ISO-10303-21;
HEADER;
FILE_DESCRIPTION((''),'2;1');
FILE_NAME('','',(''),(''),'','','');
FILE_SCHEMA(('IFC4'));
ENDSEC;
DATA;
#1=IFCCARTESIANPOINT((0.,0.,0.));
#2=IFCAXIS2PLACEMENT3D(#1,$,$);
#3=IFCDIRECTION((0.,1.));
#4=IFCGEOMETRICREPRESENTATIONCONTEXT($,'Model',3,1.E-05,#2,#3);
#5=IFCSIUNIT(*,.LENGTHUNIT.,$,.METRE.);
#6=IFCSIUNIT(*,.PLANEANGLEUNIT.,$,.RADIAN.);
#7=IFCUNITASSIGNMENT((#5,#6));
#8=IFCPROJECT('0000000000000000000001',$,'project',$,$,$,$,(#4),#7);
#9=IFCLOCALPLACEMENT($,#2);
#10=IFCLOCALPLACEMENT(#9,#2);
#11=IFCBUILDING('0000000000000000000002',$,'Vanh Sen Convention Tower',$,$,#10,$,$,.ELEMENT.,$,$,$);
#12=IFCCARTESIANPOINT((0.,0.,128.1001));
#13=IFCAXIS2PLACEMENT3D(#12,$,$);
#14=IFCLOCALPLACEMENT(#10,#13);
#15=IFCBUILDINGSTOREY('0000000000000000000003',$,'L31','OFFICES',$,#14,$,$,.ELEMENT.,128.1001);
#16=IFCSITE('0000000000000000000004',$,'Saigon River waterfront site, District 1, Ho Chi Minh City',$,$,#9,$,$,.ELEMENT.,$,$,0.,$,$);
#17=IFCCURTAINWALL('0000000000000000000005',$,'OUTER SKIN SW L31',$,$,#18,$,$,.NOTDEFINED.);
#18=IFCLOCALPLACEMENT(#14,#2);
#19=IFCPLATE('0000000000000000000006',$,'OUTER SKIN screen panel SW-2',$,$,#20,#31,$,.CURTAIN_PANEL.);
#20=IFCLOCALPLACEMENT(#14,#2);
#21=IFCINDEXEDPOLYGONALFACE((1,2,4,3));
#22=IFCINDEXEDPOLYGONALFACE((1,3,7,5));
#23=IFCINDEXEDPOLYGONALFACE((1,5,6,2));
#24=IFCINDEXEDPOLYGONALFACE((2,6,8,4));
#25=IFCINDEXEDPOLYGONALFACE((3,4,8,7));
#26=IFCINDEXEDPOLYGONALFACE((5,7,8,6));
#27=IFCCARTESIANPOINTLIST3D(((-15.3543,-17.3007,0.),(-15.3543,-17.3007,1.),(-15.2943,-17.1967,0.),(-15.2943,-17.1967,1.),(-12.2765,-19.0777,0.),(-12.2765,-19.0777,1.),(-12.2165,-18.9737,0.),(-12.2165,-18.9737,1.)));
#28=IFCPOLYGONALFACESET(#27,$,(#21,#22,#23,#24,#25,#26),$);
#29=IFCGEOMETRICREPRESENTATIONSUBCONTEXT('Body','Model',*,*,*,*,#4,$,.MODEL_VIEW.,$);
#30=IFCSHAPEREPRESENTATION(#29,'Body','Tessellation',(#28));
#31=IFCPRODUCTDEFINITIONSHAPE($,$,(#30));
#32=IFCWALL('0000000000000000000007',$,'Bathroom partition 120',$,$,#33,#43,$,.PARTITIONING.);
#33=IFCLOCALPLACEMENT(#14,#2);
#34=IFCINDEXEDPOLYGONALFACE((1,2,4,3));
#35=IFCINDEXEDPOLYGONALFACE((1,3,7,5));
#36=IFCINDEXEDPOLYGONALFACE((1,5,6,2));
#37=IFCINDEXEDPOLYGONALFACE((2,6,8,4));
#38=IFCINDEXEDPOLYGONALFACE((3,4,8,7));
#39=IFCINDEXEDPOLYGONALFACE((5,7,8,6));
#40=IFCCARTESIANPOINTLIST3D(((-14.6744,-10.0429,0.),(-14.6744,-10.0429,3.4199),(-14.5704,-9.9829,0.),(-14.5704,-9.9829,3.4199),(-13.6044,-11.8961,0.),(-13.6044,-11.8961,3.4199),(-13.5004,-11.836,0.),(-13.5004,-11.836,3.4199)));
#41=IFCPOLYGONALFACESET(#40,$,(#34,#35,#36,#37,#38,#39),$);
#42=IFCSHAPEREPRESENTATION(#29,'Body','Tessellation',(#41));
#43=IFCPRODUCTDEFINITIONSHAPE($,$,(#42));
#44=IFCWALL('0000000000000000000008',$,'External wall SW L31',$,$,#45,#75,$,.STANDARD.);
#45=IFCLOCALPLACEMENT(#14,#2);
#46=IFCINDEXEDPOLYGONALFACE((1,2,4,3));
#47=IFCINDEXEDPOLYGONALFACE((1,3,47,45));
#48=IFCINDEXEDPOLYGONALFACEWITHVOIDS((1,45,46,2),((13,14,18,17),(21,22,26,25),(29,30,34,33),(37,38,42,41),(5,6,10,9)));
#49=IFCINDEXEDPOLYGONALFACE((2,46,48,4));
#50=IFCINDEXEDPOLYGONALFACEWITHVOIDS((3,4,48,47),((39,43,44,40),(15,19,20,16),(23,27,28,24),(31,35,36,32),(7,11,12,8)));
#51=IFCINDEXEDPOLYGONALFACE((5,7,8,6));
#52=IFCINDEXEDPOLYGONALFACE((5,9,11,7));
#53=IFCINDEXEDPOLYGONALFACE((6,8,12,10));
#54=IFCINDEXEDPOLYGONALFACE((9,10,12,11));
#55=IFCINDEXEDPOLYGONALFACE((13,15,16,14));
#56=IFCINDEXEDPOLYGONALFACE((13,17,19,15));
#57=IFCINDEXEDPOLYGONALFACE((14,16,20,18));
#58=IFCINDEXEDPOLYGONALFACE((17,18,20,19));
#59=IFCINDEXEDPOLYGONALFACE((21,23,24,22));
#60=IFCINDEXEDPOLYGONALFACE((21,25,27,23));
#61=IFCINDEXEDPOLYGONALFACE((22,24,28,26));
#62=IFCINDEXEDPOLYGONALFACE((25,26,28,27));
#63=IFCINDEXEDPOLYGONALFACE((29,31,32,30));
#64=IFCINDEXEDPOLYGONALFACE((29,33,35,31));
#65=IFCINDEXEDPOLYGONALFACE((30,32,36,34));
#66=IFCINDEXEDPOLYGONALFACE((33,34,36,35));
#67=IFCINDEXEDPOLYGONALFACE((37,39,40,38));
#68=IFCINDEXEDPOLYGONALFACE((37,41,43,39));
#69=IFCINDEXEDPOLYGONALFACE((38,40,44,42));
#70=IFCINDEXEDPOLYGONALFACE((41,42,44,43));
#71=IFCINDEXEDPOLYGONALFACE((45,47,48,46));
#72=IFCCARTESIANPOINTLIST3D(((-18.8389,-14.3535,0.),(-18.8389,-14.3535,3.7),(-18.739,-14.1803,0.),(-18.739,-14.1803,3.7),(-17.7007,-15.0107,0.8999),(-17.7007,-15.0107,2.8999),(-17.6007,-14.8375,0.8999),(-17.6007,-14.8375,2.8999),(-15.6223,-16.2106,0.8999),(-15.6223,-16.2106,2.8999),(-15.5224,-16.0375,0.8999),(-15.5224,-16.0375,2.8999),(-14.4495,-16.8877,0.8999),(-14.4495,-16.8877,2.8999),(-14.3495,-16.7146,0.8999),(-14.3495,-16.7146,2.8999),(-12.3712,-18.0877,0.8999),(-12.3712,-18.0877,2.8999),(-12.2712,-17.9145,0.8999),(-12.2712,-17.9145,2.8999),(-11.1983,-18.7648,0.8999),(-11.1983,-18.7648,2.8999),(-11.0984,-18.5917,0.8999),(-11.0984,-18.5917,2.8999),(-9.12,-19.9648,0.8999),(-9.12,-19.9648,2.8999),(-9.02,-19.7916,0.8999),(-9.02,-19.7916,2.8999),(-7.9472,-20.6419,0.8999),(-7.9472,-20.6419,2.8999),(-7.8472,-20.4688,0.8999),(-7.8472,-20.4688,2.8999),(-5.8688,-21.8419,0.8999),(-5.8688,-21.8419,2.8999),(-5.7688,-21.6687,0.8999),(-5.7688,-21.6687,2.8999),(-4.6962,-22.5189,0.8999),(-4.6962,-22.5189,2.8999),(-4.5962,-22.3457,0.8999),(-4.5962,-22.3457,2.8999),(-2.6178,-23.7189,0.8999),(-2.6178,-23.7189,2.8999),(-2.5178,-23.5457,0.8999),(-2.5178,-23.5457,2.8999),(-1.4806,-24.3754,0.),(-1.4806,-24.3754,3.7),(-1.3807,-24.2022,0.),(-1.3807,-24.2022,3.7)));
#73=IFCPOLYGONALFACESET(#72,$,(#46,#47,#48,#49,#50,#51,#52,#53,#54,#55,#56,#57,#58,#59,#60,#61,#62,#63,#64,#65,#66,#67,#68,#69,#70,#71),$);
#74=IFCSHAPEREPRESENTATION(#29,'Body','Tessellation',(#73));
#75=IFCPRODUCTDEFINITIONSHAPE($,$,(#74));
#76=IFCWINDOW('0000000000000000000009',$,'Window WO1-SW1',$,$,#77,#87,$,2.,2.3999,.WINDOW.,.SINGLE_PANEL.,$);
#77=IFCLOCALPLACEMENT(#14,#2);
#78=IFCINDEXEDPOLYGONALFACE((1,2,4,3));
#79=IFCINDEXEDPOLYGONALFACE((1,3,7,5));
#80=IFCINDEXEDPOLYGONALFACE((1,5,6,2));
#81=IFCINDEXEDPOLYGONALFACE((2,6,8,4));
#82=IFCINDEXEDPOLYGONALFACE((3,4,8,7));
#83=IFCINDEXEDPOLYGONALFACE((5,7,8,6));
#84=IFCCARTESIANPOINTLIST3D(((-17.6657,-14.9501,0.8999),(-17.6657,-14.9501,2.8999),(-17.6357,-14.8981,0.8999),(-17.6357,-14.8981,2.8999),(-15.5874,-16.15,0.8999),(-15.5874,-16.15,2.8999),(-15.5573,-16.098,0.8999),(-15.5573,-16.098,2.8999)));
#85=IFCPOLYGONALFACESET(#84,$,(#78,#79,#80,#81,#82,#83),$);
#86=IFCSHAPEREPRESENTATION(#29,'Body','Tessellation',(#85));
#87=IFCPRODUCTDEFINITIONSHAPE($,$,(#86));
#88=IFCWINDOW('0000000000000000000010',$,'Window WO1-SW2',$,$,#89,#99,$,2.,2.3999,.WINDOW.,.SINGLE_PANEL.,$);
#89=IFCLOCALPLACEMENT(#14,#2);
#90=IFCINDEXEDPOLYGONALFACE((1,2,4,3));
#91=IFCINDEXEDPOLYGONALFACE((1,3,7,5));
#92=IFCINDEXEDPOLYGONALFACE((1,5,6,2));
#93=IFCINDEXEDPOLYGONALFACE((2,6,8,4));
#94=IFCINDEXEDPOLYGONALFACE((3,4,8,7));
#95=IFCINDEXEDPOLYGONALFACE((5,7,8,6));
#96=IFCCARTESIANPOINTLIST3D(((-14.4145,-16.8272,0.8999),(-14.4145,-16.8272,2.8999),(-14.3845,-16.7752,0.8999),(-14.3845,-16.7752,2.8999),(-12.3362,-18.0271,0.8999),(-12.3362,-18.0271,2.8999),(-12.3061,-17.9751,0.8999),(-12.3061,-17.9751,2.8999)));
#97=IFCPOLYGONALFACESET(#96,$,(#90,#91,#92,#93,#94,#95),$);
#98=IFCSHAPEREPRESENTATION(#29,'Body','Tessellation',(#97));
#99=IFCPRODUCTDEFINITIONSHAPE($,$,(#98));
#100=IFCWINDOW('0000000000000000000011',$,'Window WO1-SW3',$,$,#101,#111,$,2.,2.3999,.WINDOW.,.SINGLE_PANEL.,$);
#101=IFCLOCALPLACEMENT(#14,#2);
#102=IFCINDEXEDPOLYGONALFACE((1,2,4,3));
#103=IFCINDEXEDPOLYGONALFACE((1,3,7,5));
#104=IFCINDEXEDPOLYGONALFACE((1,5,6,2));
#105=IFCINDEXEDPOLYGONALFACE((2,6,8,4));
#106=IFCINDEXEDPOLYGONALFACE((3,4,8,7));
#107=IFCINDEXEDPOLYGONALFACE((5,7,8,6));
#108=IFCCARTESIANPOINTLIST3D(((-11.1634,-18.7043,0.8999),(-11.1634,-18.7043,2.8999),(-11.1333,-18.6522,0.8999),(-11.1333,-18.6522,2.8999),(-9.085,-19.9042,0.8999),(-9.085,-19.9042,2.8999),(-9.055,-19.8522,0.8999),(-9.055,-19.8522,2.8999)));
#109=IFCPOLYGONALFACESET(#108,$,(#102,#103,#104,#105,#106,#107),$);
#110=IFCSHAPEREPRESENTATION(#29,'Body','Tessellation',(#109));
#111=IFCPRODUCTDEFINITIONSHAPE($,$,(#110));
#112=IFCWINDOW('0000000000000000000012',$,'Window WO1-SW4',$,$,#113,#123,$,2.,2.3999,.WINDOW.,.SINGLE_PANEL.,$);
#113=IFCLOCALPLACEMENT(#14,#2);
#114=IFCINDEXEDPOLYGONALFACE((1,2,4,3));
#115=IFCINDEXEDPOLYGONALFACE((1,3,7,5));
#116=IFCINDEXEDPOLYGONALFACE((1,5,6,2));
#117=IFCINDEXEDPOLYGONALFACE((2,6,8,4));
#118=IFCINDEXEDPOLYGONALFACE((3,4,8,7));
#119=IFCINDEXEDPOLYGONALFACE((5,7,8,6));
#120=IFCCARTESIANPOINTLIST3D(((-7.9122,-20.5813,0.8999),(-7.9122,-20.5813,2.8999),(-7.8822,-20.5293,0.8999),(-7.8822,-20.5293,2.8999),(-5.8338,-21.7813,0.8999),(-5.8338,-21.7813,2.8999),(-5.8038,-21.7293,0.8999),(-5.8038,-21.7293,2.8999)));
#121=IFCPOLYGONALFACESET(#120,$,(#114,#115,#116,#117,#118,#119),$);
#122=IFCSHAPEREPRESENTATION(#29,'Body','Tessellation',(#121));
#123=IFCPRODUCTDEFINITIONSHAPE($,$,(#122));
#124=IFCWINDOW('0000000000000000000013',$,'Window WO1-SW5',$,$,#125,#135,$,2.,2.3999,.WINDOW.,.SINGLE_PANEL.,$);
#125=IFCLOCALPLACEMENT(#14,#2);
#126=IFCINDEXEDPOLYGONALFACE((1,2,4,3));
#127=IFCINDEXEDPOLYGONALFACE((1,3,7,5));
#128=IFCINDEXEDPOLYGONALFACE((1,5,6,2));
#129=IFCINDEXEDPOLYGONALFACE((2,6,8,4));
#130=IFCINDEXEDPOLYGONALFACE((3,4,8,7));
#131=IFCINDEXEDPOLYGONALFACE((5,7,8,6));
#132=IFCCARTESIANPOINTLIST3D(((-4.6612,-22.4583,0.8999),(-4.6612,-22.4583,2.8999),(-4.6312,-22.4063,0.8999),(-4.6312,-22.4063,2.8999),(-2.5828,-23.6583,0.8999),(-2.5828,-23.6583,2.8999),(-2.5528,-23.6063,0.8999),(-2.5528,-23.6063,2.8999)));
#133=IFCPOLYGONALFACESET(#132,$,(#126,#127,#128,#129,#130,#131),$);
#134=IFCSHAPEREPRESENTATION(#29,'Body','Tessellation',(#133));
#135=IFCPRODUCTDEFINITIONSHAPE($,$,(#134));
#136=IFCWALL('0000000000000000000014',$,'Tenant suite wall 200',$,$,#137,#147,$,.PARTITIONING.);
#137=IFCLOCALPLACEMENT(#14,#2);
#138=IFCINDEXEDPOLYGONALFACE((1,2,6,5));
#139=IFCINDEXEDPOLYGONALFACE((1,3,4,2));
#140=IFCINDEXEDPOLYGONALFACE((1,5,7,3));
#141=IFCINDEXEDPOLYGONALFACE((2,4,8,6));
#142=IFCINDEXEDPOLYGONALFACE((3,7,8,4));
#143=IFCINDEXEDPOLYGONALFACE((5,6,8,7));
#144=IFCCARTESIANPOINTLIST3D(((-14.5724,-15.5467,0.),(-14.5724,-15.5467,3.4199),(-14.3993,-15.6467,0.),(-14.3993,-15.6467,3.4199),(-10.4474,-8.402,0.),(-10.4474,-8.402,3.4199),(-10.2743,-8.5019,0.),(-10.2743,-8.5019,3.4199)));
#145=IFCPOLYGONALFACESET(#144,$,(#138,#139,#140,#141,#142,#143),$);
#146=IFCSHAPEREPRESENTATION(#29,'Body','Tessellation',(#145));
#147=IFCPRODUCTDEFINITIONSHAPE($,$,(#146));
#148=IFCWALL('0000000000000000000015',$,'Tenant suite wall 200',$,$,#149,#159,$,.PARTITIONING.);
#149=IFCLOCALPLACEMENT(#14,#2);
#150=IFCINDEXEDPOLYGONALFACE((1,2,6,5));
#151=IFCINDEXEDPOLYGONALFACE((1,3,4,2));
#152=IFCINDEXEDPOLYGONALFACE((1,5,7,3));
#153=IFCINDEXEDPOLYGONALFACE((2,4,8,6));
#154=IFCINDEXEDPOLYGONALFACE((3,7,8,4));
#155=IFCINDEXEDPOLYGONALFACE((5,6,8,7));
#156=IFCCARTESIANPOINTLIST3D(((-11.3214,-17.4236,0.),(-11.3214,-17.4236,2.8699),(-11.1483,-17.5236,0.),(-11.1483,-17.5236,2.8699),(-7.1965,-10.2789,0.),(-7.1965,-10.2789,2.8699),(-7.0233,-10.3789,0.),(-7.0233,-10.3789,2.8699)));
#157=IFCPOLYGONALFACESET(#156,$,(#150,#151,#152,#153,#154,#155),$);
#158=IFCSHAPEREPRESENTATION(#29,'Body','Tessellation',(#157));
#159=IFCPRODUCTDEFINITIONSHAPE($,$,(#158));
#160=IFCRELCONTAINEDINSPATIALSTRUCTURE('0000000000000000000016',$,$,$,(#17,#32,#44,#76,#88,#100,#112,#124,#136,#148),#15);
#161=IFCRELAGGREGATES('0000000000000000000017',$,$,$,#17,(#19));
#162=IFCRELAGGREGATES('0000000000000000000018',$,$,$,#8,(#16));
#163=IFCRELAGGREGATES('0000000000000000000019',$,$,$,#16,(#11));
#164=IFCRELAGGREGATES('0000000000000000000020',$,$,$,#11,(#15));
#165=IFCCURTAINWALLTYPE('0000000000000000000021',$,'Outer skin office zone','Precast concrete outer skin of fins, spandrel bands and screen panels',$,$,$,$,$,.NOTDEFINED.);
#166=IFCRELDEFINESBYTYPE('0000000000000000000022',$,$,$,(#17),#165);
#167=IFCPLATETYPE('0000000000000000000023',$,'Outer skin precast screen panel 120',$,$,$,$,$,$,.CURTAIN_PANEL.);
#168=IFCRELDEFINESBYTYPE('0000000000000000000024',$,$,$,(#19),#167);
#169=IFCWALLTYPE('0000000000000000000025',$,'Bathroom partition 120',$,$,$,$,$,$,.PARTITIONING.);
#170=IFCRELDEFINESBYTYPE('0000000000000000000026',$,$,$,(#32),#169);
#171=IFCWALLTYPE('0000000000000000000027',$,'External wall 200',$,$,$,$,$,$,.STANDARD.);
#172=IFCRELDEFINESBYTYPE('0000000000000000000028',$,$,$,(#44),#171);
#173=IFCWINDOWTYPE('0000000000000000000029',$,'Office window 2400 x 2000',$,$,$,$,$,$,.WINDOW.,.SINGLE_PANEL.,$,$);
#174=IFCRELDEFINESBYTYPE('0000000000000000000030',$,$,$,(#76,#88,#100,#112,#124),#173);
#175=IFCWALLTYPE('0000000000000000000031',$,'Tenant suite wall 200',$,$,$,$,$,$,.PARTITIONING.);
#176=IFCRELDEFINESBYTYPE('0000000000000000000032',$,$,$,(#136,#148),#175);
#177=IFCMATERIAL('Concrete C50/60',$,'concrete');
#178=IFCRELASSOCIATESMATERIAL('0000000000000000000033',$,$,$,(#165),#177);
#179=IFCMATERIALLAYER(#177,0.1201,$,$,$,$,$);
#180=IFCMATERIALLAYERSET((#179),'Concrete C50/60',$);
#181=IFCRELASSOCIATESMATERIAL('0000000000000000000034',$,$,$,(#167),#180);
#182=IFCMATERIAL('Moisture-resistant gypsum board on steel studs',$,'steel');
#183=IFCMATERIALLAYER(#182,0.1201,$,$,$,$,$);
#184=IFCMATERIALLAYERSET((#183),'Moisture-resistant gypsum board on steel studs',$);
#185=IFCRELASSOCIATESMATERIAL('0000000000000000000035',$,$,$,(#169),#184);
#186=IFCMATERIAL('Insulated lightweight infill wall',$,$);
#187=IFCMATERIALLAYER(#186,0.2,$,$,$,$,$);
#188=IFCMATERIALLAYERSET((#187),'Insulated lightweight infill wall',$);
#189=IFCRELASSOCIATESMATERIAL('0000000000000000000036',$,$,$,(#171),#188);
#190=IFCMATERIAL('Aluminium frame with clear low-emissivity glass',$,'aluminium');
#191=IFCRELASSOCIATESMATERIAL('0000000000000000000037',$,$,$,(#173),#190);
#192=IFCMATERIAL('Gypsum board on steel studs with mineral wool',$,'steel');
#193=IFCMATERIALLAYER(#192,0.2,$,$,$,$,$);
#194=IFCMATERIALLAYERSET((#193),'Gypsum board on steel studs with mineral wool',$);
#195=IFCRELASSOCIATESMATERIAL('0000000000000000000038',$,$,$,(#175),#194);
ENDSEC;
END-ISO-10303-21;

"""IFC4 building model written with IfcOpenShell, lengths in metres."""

from ifc_helpers import new_model, si_unit, direction, frame, frame_2d, origin, origin_2d, place, context, subcontext, project, spatial, rectangle, extrude, material, layer, layer_set, type_object, element, fill, aggregate, save


model = new_model("IFC4")

# Units and contexts
model_context = context("Model", 3, precision=1e-05, world=origin(), true_north=direction((0.0, 1.0)))
body_context = subcontext(model_context, "Body", "Model", "MODEL_VIEW")
ifc_project = project(units=[si_unit("LENGTHUNIT", "METRE"), si_unit("PLANEANGLEUNIT", "RADIAN")], contexts=[model_context])

# Site, building, storey
site_placement = place(None, origin())
site = spatial("IfcSite", under=ifc_project, at=site_placement, Name="Saigon River waterfront site, District 1, Ho Chi Minh City", CompositionType="ELEMENT", RefElevation=0.0)
building_placement = place(site_placement, origin())
building = spatial("IfcBuilding", under=site, at=building_placement, Name="Vanh Sen Convention Tower", CompositionType="ELEMENT")
storey_placement = place(building_placement, frame((0.0, 0.0, 128.1001)))
storey = spatial("IfcBuildingStorey", under=building, at=storey_placement, Name="L31", Description="OFFICES", CompositionType="ELEMENT", Elevation=128.1001)

# Curtain wall
ifc_material_1 = material(Name="Concrete C50/60", Category="concrete")
curtain_wall_type = type_object("IfcCurtainWallType", Name="Outer skin office zone", Description="Precast concrete outer skin of fins, spandrel bands and screen panels", PredefinedType="NOTDEFINED", material=ifc_material_1)
curtain_wall_1_placement = place(storey_placement, origin())
curtain_wall_1 = element("IfcCurtainWall", 1, at=curtain_wall_1_placement, inside=storey, type_object=curtain_wall_type, Name="OUTER SKIN SW L31", PredefinedType="NOTDEFINED")

# Shared definitions
ifc_layer_1 = layer(ifc_material_1, 0.1201)
ifc_layer_set_1 = layer_set([ifc_layer_1], Name="Concrete C50/60")
plate_type = type_object("IfcPlateType", Name="Outer skin precast screen panel 120", PredefinedType="CURTAIN_PANEL", material=ifc_layer_set_1)

# Plate
plate_1_placement = place(storey_placement, frame((-13.7854, -18.1372, 0.0), z_axis=(0.0, 0.0, 1.0), x_axis=(0.866028, -0.499995, 0.0)))
plate_1 = element("IfcPlate", 2, at=plate_1_placement, type_object=plate_type, Name="OUTER SKIN screen panel SW-2", PredefinedType="CURTAIN_PANEL", context=body_context, shape_type="SweptSolid", body=[
    extrude(rectangle(XDim=3.554, YDim=0.1201, at=origin_2d()), origin(), (0.0, 0.0, 1.0), 1.0),
])
aggregate(curtain_wall_1, [plate_1])

# Wall
ifc_material_2 = material(Name="Moisture-resistant gypsum board on steel studs", Category="steel")
ifc_layer_2 = layer(ifc_material_2, 0.1201)
ifc_layer_set_2 = layer_set([ifc_layer_2], Name="Moisture-resistant gypsum board on steel studs")
wall_type_1 = type_object("IfcWallType", Name="Bathroom partition 120", PredefinedType="PARTITIONING", material=ifc_layer_set_2)
wall_1_placement = place(storey_placement, frame((-13.5525, -11.866, 0.0), z_axis=(0.0, 0.0, 1.0), x_axis=(-0.500029, 0.866009, 0.0)))
element("IfcWall", 3, at=wall_1_placement, inside=storey, type_object=wall_type_1, Name="Bathroom partition 120", PredefinedType="PARTITIONING", context=body_context, shape_type="SweptSolid", body=[
    extrude(rectangle(XDim=2.1399, YDim=0.1201, at=frame_2d((1.0698, 0.0))), origin(), (0.0, 0.0, 1.0), 3.4199),
])

# Wall, openings, windows
ifc_material_3 = material(Name="Insulated lightweight infill wall")
ifc_layer_3 = layer(ifc_material_3, 0.2)
ifc_layer_set_3 = layer_set([ifc_layer_3], Name="Insulated lightweight infill wall")
wall_type_2 = type_object("IfcWallType", Name="External wall 200", PredefinedType="STANDARD", material=ifc_layer_set_3)
wall_2_placement = place(storey_placement, frame((-18.7891, -14.2668, 0.0), z_axis=(0.0, 0.0, 1.0), x_axis=(0.866023, -0.500004, 0.0)))
wall_2 = element("IfcWall", 4, at=wall_2_placement, inside=storey, type_object=wall_type_2, Name="External wall SW L31", PredefinedType="STANDARD", context=body_context, shape_type="SweptSolid", body=[
    extrude(rectangle(XDim=20.0437, YDim=0.2, at=frame_2d((10.022, 0.0))), origin(), (0.0, 0.0, 1.0), 3.7),
])
opening_1_placement = place(wall_2_placement, frame((1.3145, 0.0, 0.8999)))
opening_1 = element("IfcOpeningElement", 5, at=opening_1_placement, cuts=wall_2, PredefinedType="OPENING", context=body_context, shape_type="SweptSolid", body=[
    extrude(rectangle(XDim=2.3999, YDim=2.0, at=frame_2d((1.2, 1.0))), frame((0.0, 0.1099, 0.0), z_axis=(0.0, -1.0, 0.0), x_axis=(1.0, 0.0, 0.0)), (0.0, 0.0, 1.0), 0.22),
])
opening_2_placement = place(wall_2_placement, frame((5.0686, 0.0, 0.8999)))
opening_2 = element("IfcOpeningElement", 6, at=opening_2_placement, cuts=wall_2, PredefinedType="OPENING", context=body_context, shape_type="SweptSolid", body=[
    extrude(rectangle(XDim=2.3999, YDim=2.0, at=frame_2d((1.2, 1.0))), frame((0.0, 0.1099, 0.0), z_axis=(0.0, -1.0, 0.0), x_axis=(1.0, 0.0, 0.0)), (0.0, 0.0, 1.0), 0.22),
])
opening_3_placement = place(wall_2_placement, frame((8.8228, 0.0, 0.8999)))
opening_3 = element("IfcOpeningElement", 7, at=opening_3_placement, cuts=wall_2, PredefinedType="OPENING", context=body_context, shape_type="SweptSolid", body=[
    extrude(rectangle(XDim=2.3999, YDim=2.0, at=frame_2d((1.2, 1.0))), frame((0.0, 0.1099, 0.0), z_axis=(0.0, -1.0, 0.0), x_axis=(1.0, 0.0, 0.0)), (0.0, 0.0, 1.0), 0.22),
])
opening_4_placement = place(wall_2_placement, frame((12.5769, 0.0, 0.8999)))
opening_4 = element("IfcOpeningElement", 8, at=opening_4_placement, cuts=wall_2, PredefinedType="OPENING", context=body_context, shape_type="SweptSolid", body=[
    extrude(rectangle(XDim=2.3999, YDim=2.0, at=frame_2d((1.2, 1.0))), frame((0.0, 0.1099, 0.0), z_axis=(0.0, -1.0, 0.0), x_axis=(1.0, 0.0, 0.0)), (0.0, 0.0, 1.0), 0.22),
])
opening_5_placement = place(wall_2_placement, frame((16.3308, 0.0, 0.8999)))
opening_5 = element("IfcOpeningElement", 9, at=opening_5_placement, cuts=wall_2, PredefinedType="OPENING", context=body_context, shape_type="SweptSolid", body=[
    extrude(rectangle(XDim=2.3999, YDim=2.0, at=frame_2d((1.2, 1.0))), frame((0.0, 0.1099, 0.0), z_axis=(0.0, -1.0, 0.0), x_axis=(1.0, 0.0, 0.0)), (0.0, 0.0, 1.0), 0.22),
])
ifc_material_4 = material(Name="Aluminium frame with clear low-emissivity glass", Category="aluminium")
window_type = type_object("IfcWindowType", Name="Office window 2400 x 2000", PartitioningType="SINGLE_PANEL", PredefinedType="WINDOW", material=ifc_material_4)
window_1_placement = place(opening_1_placement, origin())
window_1 = element("IfcWindow", 10, at=window_1_placement, inside=storey, type_object=window_type, Name="Window WO1-SW1", OverallHeight=2.0, OverallWidth=2.3999, PartitioningType="SINGLE_PANEL", PredefinedType="WINDOW", context=body_context, shape_type="SweptSolid", body=[
    extrude(rectangle(XDim=2.3999, YDim=2.0, at=frame_2d((1.2, 1.0))), frame((0.0, 0.03, 0.0), z_axis=(0.0, -1.0, 0.0), x_axis=(1.0, 0.0, 0.0)), (0.0, 0.0, 1.0), 0.0601),
])
fill(opening_1, window_1)
window_2_placement = place(opening_2_placement, origin())
window_2 = element("IfcWindow", 11, at=window_2_placement, inside=storey, type_object=window_type, Name="Window WO1-SW2", OverallHeight=2.0, OverallWidth=2.3999, PartitioningType="SINGLE_PANEL", PredefinedType="WINDOW", context=body_context, shape_type="SweptSolid", body=[
    extrude(rectangle(XDim=2.3999, YDim=2.0, at=frame_2d((1.2, 1.0))), frame((0.0, 0.03, 0.0), z_axis=(0.0, -1.0, 0.0), x_axis=(1.0, 0.0, 0.0)), (0.0, 0.0, 1.0), 0.0601),
])
fill(opening_2, window_2)
window_3_placement = place(opening_3_placement, origin())
window_3 = element("IfcWindow", 12, at=window_3_placement, inside=storey, type_object=window_type, Name="Window WO1-SW3", OverallHeight=2.0, OverallWidth=2.3999, PartitioningType="SINGLE_PANEL", PredefinedType="WINDOW", context=body_context, shape_type="SweptSolid", body=[
    extrude(rectangle(XDim=2.3999, YDim=2.0, at=frame_2d((1.2, 1.0))), frame((0.0, 0.03, 0.0), z_axis=(0.0, -1.0, 0.0), x_axis=(1.0, 0.0, 0.0)), (0.0, 0.0, 1.0), 0.0601),
])
fill(opening_3, window_3)
window_4_placement = place(opening_4_placement, origin())
window_4 = element("IfcWindow", 13, at=window_4_placement, inside=storey, type_object=window_type, Name="Window WO1-SW4", OverallHeight=2.0, OverallWidth=2.3999, PartitioningType="SINGLE_PANEL", PredefinedType="WINDOW", context=body_context, shape_type="SweptSolid", body=[
    extrude(rectangle(XDim=2.3999, YDim=2.0, at=frame_2d((1.2, 1.0))), frame((0.0, 0.03, 0.0), z_axis=(0.0, -1.0, 0.0), x_axis=(1.0, 0.0, 0.0)), (0.0, 0.0, 1.0), 0.0601),
])
fill(opening_4, window_4)
window_5_placement = place(opening_5_placement, origin())
window_5 = element("IfcWindow", 14, at=window_5_placement, inside=storey, type_object=window_type, Name="Window WO1-SW5", OverallHeight=2.0, OverallWidth=2.3999, PartitioningType="SINGLE_PANEL", PredefinedType="WINDOW", context=body_context, shape_type="SweptSolid", body=[
    extrude(rectangle(XDim=2.3999, YDim=2.0, at=frame_2d((1.2, 1.0))), frame((0.0, 0.03, 0.0), z_axis=(0.0, -1.0, 0.0), x_axis=(1.0, 0.0, 0.0)), (0.0, 0.0, 1.0), 0.0601),
])
fill(opening_5, window_5)

# Walls
ifc_material_5 = material(Name="Gypsum board on steel studs with mineral wool", Category="steel")
ifc_layer_4 = layer(ifc_material_5, 0.2)
ifc_layer_set_4 = layer_set([ifc_layer_4], Name="Gypsum board on steel studs with mineral wool")
wall_type_3 = type_object("IfcWallType", Name="Tenant suite wall 200", PredefinedType="PARTITIONING", material=ifc_layer_set_4)
wall_3_placement = place(storey_placement, frame((-14.4858, -15.5967, 0.0), z_axis=(0.0, 0.0, 1.0), x_axis=(0.499997, 0.866027, 0.0)))
element("IfcWall", 15, at=wall_3_placement, inside=storey, type_object=wall_type_3, Name="Tenant suite wall 200", PredefinedType="PARTITIONING", context=body_context, shape_type="SweptSolid", body=[
    extrude(rectangle(XDim=8.25, YDim=0.2, at=frame_2d((4.125, 0.0))), origin(), (0.0, 0.0, 1.0), 3.4199),
])
wall_4_placement = place(storey_placement, frame((-11.2349, -17.4736, 0.0), z_axis=(0.0, 0.0, 1.0), x_axis=(0.499997, 0.866027, 0.0)))
element("IfcWall", 16, at=wall_4_placement, inside=storey, type_object=wall_type_3, Name="Tenant suite wall 200", PredefinedType="PARTITIONING", context=body_context, shape_type="SweptSolid", body=[
    extrude(rectangle(XDim=8.25, YDim=0.2, at=frame_2d((4.125, 0.0))), origin(), (0.0, 0.0, 1.0), 2.8699),
])

save(model, "model.ifc")
